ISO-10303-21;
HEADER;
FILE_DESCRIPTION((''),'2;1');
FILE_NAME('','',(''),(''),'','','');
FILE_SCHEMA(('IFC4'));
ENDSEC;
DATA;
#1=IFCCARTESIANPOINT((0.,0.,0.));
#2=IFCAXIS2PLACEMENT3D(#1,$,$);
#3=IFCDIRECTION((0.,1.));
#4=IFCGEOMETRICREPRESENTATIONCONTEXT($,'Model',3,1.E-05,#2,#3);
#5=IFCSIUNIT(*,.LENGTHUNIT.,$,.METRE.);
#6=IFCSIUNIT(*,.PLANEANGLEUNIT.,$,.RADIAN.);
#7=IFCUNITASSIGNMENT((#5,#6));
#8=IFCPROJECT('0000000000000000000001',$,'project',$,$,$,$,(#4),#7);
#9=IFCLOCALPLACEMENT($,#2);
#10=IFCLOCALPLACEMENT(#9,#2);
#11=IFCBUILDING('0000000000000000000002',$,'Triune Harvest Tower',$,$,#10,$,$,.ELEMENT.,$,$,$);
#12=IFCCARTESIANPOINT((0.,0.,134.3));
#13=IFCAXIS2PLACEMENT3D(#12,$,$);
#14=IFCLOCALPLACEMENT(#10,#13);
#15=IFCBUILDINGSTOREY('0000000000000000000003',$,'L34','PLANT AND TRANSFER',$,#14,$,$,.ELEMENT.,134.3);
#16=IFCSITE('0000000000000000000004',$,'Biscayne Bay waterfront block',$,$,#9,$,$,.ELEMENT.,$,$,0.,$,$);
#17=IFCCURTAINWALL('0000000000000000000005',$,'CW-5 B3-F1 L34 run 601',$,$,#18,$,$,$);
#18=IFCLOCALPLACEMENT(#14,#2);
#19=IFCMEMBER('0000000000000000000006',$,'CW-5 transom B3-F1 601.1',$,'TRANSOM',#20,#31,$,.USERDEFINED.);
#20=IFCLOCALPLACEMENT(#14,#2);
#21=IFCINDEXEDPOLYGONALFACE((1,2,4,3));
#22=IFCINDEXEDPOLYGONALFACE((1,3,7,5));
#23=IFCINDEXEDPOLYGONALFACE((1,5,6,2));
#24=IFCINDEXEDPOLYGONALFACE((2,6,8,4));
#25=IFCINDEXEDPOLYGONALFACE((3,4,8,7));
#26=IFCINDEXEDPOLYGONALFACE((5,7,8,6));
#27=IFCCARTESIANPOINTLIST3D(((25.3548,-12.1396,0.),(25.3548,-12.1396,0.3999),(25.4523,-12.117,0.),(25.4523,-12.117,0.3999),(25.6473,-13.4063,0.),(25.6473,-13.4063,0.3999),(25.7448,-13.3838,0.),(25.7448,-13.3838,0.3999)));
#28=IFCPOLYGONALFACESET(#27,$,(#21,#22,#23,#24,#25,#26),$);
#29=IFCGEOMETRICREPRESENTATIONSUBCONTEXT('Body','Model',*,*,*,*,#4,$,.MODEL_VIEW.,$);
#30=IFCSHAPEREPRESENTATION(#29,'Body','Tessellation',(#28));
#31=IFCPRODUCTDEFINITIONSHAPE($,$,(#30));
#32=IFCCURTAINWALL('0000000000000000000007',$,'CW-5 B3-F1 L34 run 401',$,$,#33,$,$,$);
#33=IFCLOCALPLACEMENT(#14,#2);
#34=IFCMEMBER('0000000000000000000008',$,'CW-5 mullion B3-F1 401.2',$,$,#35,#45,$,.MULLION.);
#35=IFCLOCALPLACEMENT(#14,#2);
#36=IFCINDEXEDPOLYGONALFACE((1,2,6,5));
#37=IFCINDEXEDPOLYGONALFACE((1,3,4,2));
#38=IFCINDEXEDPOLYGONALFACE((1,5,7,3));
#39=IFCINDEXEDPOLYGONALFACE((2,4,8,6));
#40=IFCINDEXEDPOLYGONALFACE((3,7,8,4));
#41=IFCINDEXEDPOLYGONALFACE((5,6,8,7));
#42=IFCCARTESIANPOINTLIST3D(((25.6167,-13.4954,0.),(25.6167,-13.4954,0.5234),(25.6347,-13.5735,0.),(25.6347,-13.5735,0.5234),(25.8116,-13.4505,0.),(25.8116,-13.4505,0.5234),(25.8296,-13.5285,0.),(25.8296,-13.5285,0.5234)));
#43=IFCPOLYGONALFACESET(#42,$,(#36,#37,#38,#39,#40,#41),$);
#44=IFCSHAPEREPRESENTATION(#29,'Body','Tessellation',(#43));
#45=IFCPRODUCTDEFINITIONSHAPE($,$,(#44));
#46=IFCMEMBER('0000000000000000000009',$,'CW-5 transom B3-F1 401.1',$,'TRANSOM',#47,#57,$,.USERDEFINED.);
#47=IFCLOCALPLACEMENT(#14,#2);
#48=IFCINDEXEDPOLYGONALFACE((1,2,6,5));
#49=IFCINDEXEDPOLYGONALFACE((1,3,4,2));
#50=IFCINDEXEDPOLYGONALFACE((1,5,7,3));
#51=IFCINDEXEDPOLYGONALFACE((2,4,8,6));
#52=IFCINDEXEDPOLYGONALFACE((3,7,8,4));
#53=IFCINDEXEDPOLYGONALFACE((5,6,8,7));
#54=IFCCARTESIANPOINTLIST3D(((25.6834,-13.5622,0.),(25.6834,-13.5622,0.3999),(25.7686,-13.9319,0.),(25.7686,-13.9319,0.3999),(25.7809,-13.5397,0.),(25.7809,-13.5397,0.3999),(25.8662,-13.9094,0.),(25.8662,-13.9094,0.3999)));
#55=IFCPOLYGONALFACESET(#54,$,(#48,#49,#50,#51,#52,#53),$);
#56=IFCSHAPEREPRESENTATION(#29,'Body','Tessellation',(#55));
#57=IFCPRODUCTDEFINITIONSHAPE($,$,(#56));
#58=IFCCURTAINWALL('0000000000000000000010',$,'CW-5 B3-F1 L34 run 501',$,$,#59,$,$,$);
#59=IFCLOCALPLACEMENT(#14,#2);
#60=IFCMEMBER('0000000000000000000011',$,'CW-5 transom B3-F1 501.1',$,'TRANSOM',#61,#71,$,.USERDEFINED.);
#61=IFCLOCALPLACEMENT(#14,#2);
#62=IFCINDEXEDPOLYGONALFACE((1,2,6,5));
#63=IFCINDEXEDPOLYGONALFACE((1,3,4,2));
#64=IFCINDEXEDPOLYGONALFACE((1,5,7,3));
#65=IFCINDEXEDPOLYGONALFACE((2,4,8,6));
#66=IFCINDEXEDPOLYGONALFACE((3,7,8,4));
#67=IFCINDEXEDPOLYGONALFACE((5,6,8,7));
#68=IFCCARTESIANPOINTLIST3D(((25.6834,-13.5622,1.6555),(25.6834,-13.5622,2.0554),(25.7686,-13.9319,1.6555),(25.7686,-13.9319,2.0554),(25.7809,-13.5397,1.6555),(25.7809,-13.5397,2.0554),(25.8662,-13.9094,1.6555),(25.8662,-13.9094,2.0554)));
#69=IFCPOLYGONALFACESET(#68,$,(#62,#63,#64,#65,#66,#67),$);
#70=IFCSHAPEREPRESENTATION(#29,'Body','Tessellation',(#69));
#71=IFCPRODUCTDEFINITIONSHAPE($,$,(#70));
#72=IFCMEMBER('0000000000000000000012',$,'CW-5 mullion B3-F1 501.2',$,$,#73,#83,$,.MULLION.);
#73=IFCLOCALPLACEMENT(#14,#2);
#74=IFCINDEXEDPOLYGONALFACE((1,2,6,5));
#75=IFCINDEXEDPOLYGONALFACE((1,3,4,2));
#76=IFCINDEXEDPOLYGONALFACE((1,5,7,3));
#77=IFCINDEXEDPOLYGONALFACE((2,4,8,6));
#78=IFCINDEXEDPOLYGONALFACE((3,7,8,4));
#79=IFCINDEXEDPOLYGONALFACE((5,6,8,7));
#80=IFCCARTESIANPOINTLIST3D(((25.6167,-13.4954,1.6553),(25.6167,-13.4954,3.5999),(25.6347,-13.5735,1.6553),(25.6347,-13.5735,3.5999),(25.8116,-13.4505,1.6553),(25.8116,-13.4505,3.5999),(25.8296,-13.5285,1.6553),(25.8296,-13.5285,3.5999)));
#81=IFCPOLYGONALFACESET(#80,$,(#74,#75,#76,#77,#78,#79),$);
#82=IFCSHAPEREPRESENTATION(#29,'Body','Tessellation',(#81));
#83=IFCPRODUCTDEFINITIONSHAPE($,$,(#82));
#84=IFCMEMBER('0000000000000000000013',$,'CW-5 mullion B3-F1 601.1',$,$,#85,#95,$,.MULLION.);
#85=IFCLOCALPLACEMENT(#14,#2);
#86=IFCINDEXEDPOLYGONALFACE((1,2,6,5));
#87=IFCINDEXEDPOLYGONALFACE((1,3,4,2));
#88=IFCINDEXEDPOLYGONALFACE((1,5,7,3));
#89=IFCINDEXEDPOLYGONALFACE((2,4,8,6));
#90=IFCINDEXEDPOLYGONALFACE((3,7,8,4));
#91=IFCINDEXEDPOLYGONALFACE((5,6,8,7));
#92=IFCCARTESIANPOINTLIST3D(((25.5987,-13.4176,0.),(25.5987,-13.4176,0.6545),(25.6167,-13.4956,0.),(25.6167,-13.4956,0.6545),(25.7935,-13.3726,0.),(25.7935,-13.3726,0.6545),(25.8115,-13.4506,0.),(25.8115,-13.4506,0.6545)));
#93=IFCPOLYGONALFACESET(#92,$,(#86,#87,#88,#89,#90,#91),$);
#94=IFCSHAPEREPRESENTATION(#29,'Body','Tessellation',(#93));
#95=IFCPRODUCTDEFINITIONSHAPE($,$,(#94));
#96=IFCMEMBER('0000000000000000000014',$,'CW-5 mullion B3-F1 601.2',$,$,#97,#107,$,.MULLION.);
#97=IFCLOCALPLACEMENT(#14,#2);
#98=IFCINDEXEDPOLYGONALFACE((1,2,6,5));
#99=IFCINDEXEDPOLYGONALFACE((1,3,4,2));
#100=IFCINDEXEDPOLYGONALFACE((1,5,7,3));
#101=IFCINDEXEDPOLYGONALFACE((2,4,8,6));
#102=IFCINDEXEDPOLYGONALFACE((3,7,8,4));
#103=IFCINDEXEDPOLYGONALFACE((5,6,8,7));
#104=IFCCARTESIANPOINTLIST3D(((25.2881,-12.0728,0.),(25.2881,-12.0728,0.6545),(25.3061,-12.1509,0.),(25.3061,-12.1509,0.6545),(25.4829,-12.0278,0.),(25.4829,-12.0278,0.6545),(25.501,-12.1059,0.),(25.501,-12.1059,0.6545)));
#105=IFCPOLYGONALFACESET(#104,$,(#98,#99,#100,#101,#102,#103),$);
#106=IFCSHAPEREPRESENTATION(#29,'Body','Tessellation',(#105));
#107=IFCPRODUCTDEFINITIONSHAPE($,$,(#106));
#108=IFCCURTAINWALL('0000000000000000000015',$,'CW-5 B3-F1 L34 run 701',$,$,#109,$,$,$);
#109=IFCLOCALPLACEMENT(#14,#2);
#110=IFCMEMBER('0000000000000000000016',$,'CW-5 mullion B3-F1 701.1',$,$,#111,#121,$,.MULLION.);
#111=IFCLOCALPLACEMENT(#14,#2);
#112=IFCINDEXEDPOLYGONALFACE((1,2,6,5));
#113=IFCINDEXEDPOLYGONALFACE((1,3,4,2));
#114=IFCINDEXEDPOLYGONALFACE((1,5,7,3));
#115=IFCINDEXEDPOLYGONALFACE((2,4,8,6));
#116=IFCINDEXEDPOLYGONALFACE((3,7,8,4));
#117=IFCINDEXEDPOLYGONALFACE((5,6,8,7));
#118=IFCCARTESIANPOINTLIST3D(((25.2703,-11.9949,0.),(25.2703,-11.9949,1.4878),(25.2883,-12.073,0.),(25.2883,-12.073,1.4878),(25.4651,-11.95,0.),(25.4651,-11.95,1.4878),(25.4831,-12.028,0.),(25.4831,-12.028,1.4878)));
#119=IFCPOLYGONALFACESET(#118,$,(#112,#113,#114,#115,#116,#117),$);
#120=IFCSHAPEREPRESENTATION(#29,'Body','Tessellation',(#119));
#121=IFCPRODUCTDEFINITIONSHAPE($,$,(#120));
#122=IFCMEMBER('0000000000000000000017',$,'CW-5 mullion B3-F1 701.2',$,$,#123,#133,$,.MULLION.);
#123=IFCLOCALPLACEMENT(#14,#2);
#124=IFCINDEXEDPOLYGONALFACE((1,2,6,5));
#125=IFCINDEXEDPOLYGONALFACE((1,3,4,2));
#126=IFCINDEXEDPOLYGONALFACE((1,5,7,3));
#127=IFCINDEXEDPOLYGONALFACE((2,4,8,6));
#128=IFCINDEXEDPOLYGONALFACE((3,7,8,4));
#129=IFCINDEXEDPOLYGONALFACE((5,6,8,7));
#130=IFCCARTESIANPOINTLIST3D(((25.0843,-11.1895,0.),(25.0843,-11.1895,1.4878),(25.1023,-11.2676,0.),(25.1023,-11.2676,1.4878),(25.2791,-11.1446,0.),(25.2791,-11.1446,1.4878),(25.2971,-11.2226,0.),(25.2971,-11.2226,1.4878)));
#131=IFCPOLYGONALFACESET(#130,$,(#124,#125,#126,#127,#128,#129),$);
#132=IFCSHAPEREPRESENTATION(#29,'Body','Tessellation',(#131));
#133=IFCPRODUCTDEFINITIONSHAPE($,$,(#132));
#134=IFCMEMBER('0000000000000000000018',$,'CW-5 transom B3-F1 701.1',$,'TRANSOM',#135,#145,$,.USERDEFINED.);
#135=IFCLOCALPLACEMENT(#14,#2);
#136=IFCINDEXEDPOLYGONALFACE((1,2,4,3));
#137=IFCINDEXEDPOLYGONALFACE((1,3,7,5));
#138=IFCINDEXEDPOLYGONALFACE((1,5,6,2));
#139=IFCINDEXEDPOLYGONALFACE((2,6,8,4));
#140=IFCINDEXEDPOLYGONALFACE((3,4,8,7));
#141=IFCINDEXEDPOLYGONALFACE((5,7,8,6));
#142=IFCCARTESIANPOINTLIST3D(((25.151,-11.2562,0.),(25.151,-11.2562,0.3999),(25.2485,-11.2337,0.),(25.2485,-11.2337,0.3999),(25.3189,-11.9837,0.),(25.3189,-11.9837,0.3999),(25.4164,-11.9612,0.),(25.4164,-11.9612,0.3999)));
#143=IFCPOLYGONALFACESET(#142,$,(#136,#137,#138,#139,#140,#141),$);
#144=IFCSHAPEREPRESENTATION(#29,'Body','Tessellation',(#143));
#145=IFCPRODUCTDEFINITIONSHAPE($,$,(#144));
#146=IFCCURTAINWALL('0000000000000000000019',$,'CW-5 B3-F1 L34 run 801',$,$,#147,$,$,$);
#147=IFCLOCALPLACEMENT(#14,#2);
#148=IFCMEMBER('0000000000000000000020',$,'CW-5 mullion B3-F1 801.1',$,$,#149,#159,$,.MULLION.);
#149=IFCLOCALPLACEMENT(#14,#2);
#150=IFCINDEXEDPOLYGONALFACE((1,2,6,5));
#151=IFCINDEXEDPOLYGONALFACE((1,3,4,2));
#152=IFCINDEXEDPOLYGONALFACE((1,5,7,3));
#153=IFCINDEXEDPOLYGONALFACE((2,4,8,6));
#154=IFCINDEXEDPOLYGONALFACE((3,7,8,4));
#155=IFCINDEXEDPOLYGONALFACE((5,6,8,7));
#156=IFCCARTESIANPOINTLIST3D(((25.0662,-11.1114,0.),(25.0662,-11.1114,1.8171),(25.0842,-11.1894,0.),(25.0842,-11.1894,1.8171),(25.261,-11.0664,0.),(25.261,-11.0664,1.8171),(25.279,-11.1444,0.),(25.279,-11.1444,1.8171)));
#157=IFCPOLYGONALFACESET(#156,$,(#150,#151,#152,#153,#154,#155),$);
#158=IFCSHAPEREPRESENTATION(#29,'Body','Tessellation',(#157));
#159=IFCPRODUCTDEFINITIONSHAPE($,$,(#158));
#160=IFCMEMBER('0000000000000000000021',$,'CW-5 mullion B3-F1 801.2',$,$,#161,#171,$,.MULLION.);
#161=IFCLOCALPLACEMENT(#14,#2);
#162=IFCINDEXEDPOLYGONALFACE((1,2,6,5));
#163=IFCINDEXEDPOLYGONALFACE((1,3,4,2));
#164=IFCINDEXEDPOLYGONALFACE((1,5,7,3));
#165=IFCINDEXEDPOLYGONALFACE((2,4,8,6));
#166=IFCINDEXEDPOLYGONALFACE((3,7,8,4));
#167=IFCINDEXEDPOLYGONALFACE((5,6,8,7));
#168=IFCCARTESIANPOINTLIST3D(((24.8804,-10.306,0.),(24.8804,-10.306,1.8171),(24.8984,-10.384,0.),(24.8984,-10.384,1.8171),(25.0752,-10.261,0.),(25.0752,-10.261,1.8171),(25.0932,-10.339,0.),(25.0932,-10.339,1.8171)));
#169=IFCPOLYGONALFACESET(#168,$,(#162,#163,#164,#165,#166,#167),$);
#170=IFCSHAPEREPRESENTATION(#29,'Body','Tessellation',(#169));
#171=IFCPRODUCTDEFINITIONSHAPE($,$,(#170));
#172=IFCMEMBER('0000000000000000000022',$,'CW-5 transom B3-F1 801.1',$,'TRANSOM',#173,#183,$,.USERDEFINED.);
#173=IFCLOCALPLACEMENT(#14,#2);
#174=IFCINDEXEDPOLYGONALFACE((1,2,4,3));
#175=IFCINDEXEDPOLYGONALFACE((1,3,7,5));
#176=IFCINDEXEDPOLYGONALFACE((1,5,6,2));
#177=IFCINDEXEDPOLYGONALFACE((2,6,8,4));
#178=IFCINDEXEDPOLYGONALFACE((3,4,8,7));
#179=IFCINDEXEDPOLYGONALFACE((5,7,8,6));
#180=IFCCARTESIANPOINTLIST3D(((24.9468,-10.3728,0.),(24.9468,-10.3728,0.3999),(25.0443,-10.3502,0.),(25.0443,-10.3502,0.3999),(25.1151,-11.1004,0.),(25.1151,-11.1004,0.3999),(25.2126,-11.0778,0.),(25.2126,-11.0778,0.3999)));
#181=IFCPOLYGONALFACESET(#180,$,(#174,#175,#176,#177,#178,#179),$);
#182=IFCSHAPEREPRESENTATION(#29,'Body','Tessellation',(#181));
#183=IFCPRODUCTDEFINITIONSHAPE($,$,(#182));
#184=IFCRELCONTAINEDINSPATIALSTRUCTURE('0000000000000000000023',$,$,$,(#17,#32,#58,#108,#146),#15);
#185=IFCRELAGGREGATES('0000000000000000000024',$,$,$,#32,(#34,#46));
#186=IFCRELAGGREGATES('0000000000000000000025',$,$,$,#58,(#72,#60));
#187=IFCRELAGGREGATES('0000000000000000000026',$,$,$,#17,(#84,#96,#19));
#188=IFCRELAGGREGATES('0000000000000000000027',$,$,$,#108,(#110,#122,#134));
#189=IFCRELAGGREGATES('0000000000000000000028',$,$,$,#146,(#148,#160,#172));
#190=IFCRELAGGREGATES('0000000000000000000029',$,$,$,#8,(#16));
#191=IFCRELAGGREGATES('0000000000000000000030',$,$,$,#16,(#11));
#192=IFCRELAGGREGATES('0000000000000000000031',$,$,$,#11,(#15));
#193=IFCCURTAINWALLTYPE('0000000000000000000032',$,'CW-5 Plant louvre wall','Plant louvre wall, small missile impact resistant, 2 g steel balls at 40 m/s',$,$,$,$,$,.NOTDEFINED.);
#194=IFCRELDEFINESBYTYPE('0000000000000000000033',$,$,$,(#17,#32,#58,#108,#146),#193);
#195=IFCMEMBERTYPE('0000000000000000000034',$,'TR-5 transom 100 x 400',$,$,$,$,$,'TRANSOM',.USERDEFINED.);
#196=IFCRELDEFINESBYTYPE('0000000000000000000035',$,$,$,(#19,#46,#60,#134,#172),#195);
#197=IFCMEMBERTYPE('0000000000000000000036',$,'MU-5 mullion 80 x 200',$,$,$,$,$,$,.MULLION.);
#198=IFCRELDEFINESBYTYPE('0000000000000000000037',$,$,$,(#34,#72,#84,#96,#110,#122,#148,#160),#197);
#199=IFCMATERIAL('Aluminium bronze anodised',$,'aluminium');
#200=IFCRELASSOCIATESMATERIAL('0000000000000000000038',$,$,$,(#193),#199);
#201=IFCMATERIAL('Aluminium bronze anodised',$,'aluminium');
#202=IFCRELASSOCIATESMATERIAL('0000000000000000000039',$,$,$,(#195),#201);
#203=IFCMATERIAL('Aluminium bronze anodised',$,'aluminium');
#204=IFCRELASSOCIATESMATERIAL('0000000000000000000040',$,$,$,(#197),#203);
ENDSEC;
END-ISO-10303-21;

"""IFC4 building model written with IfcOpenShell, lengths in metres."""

from ifc_helpers import new_model, si_unit, direction, frame, origin, origin_2d, place, context, subcontext, project, spatial, rectangle, extrude, source, transform, mapped, material, material_profile, profile_set, type_object, element, aggregate, save


model = new_model("IFC4")

# Units and contexts
model_context = context("Model", 3, precision=1e-05, world=origin(), true_north=direction((0.0, 1.0)))
body_context = subcontext(model_context, "Body", "Model", "MODEL_VIEW")
ifc_project = project(units=[si_unit("LENGTHUNIT", "METRE"), si_unit("PLANEANGLEUNIT", "RADIAN")], contexts=[model_context])

# Site, building, storey
site_placement = place(None, origin())
site = spatial("IfcSite", under=ifc_project, at=site_placement, Name="Biscayne Bay waterfront block", CompositionType="ELEMENT", RefElevation=0.0)
building_placement = place(site_placement, origin())
building = spatial("IfcBuilding", under=site, at=building_placement, Name="Triune Harvest Tower", CompositionType="ELEMENT")
storey_placement = place(building_placement, frame((0.0, 0.0, 134.3)))
storey = spatial("IfcBuildingStorey", under=building, at=storey_placement, Name="L34", Description="PLANT AND TRANSFER", CompositionType="ELEMENT", Elevation=134.3)

# Curtain wall, member
ifc_material_1 = material(Name="Aluminium bronze anodised", Category="aluminium")
curtain_wall_type = type_object("IfcCurtainWallType", Name="CW-5 Plant louvre wall", Description="Plant louvre wall, small missile impact resistant, 2 g steel balls at 40 m/s", PredefinedType="NOTDEFINED", material=ifc_material_1)
curtain_wall_1_placement = place(storey_placement, origin())
curtain_wall_1 = element("IfcCurtainWall", 1, at=curtain_wall_1_placement, inside=storey, type_object=curtain_wall_type, Name="CW-5 B3-F1 L34 run 601")
ifc_material_2 = material(Name="Aluminium bronze anodised", Category="aluminium")
ifc_material_profile_1 = material_profile(ifc_material_2, rectangle(XDim=0.1001, YDim=0.3999, at=origin_2d()), Name="TR-5 transom 100 x 400")
ifc_profile_set_1 = profile_set([ifc_material_profile_1], Name="Aluminium bronze anodised")
member_type_1 = type_object("IfcMemberType", Name="TR-5 transom 100 x 400", ElementType="TRANSOM", PredefinedType="USERDEFINED", material=ifc_profile_set_1)
member_1_placement = place(storey_placement, frame((25.696, -13.395, 0.2), z_axis=(-0.224997, 0.97436, 0.0), x_axis=(-0.97436, -0.224997, 0.0)))
member_1 = element("IfcMember", 2, at=member_1_placement, type_object=member_type_1, Name="CW-5 transom B3-F1 601.1", ObjectType="TRANSOM", PredefinedType="USERDEFINED", context=body_context, shape_type="SweptSolid", body=[
    extrude(rectangle(XDim=0.1001, YDim=0.3999, at=origin_2d()), origin(), (0.0, 0.0, 1.0), 1.3),
])

# Curtain walls, members
curtain_wall_2_placement = place(storey_placement, origin())
curtain_wall_2 = element("IfcCurtainWall", 3, at=curtain_wall_2_placement, inside=storey, type_object=curtain_wall_type, Name="CW-5 B3-F1 L34 run 401")
ifc_material_3 = material(Name="Aluminium bronze anodised", Category="aluminium")
ifc_material_profile_2 = material_profile(ifc_material_3, rectangle(XDim=0.2, YDim=0.0801, at=origin_2d()), Name="MU-5 mullion 80 x 200")
ifc_profile_set_2 = profile_set([ifc_material_profile_2], Name="Aluminium bronze anodised")
member_type_2 = type_object("IfcMemberType", Name="MU-5 mullion 80 x 200", PredefinedType="MULLION", material=ifc_profile_set_2)
shared_shape_1 = source(origin(), body_context, "Body", "SweptSolid", [
    extrude(rectangle(XDim=0.2, YDim=0.0801, at=origin_2d()), origin(), (0.0, 0.0, 1.0), 0.5234),
])
member_2_placement = place(storey_placement, frame((25.7231, -13.512, 0.0), z_axis=(0.0, 0.0, 1.0), x_axis=(-0.974379, -0.224914, 0.0)))
member_2 = element("IfcMember", 4, at=member_2_placement, type_object=member_type_2, Name="CW-5 mullion B3-F1 401.2", PredefinedType="MULLION", context=body_context, shape_type="MappedRepresentation", body=[
    mapped(shared_shape_1, transform((0.0, 0.0, 0.0), scale=1.0)),
])
shared_shape_2 = source(origin(), body_context, "Body", "SweptSolid", [
    extrude(rectangle(XDim=0.1001, YDim=0.3999, at=origin_2d()), origin(), (0.0, 0.0, 1.0), 0.3794),
])
member_3_placement = place(storey_placement, frame((25.8174, -13.9207, 0.2), z_axis=(-0.224624, 0.974445, 0.0), x_axis=(-0.974445, -0.224624, 0.0)))
member_3 = element("IfcMember", 5, at=member_3_placement, type_object=member_type_1, Name="CW-5 transom B3-F1 401.1", ObjectType="TRANSOM", PredefinedType="USERDEFINED", context=body_context, shape_type="MappedRepresentation", body=[
    mapped(shared_shape_2, transform((0.0, 0.0, 0.0), scale=1.0)),
])
curtain_wall_3_placement = place(storey_placement, origin())
curtain_wall_3 = element("IfcCurtainWall", 6, at=curtain_wall_3_placement, inside=storey, type_object=curtain_wall_type, Name="CW-5 B3-F1 L34 run 501")
member_4_placement = place(storey_placement, frame((25.8174, -13.9207, 1.8555), z_axis=(-0.224624, 0.974445, 0.0), x_axis=(-0.974445, -0.224624, 0.0)))
member_4 = element("IfcMember", 7, at=member_4_placement, type_object=member_type_1, Name="CW-5 transom B3-F1 501.1", ObjectType="TRANSOM", PredefinedType="USERDEFINED", context=body_context, shape_type="MappedRepresentation", body=[
    mapped(shared_shape_2, transform((0.0, 0.0, 0.0), scale=1.0)),
])
shared_shape_3 = source(origin(), body_context, "Body", "SweptSolid", [
    extrude(rectangle(XDim=0.2, YDim=0.0801, at=origin_2d()), origin(), (0.0, 0.0, 1.0), 1.9446),
])
member_5_placement = place(storey_placement, frame((25.7231, -13.512, 1.6553), z_axis=(0.0, 0.0, 1.0), x_axis=(-0.974379, -0.224914, 0.0)))
member_5 = element("IfcMember", 8, at=member_5_placement, type_object=member_type_2, Name="CW-5 mullion B3-F1 501.2", PredefinedType="MULLION", context=body_context, shape_type="MappedRepresentation", body=[
    mapped(shared_shape_3, transform((0.0, 0.0, 0.0), scale=1.0)),
])

# Members
shared_shape_4 = source(origin(), body_context, "Body", "SweptSolid", [
    extrude(rectangle(XDim=0.2, YDim=0.0801, at=origin_2d()), origin(), (0.0, 0.0, 1.0), 0.6545),
])
member_6_placement = place(storey_placement, frame((25.7051, -13.4341, 0.0), z_axis=(0.0, 0.0, 1.0), x_axis=(-0.97436, -0.224995, 0.0)))
member_6 = element("IfcMember", 9, at=member_6_placement, type_object=member_type_2, Name="CW-5 mullion B3-F1 601.1", PredefinedType="MULLION", context=body_context, shape_type="MappedRepresentation", body=[
    mapped(shared_shape_4, transform((0.0, 0.0, 0.0), scale=1.0)),
])
member_7_placement = place(storey_placement, frame((25.3945, -12.0894, 0.0), z_axis=(0.0, 0.0, 1.0), x_axis=(-0.97436, -0.224995, 0.0)))
member_7 = element("IfcMember", 10, at=member_7_placement, type_object=member_type_2, Name="CW-5 mullion B3-F1 601.2", PredefinedType="MULLION", context=body_context, shape_type="MappedRepresentation", body=[
    mapped(shared_shape_4, transform((0.0, 0.0, 0.0), scale=1.0)),
])

# Curtain walls, members
curtain_wall_4_placement = place(storey_placement, origin())
curtain_wall_4 = element("IfcCurtainWall", 11, at=curtain_wall_4_placement, inside=storey, type_object=curtain_wall_type, Name="CW-5 B3-F1 L34 run 701")
shared_shape_5 = source(origin(), body_context, "Body", "SweptSolid", [
    extrude(rectangle(XDim=0.2, YDim=0.0801, at=origin_2d()), origin(), (0.0, 0.0, 1.0), 1.4878),
])
member_8_placement = place(storey_placement, frame((25.3767, -12.0115, 0.0), z_axis=(0.0, 0.0, 1.0), x_axis=(-0.974382, -0.2249, 0.0)))
member_8 = element("IfcMember", 12, at=member_8_placement, type_object=member_type_2, Name="CW-5 mullion B3-F1 701.1", PredefinedType="MULLION", context=body_context, shape_type="MappedRepresentation", body=[
    mapped(shared_shape_5, transform((0.0, 0.0, 0.0), scale=1.0)),
])
member_9_placement = place(storey_placement, frame((25.1907, -11.2061, 0.0), z_axis=(0.0, 0.0, 1.0), x_axis=(-0.974382, -0.2249, 0.0)))
member_9 = element("IfcMember", 13, at=member_9_placement, type_object=member_type_2, Name="CW-5 mullion B3-F1 701.2", PredefinedType="MULLION", context=body_context, shape_type="MappedRepresentation", body=[
    mapped(shared_shape_5, transform((0.0, 0.0, 0.0), scale=1.0)),
])
shared_shape_6 = source(origin(), body_context, "Body", "SweptSolid", [
    extrude(rectangle(XDim=0.1001, YDim=0.3999, at=origin_2d()), origin(), (0.0, 0.0, 1.0), 0.7466),
])
member_10_placement = place(storey_placement, frame((25.3677, -11.9724, 0.2), z_axis=(-0.224955, 0.974369, 0.0), x_axis=(-0.974369, -0.224955, 0.0)))
member_10 = element("IfcMember", 14, at=member_10_placement, type_object=member_type_1, Name="CW-5 transom B3-F1 701.1", ObjectType="TRANSOM", PredefinedType="USERDEFINED", context=body_context, shape_type="MappedRepresentation", body=[
    mapped(shared_shape_6, transform((0.0, 0.0, 0.0), scale=1.0)),
])
curtain_wall_5_placement = place(storey_placement, origin())
curtain_wall_5 = element("IfcCurtainWall", 15, at=curtain_wall_5_placement, inside=storey, type_object=curtain_wall_type, Name="CW-5 B3-F1 L34 run 801")
shared_shape_7 = source(origin(), body_context, "Body", "SweptSolid", [
    extrude(rectangle(XDim=0.2, YDim=0.0801, at=origin_2d()), origin(), (0.0, 0.0, 1.0), 1.8171),
])
member_11_placement = place(storey_placement, frame((25.1726, -11.1279, 0.0), z_axis=(0.0, 0.0, 1.0), x_axis=(-0.974358, -0.225005, 0.0)))
member_11 = element("IfcMember", 16, at=member_11_placement, type_object=member_type_2, Name="CW-5 mullion B3-F1 801.1", PredefinedType="MULLION", context=body_context, shape_type="MappedRepresentation", body=[
    mapped(shared_shape_7, transform((0.0, 0.0, 0.0), scale=1.0)),
])
member_12_placement = place(storey_placement, frame((24.9868, -10.3225, 0.0), z_axis=(0.0, 0.0, 1.0), x_axis=(-0.974358, -0.225005, 0.0)))
member_12 = element("IfcMember", 17, at=member_12_placement, type_object=member_type_2, Name="CW-5 mullion B3-F1 801.2", PredefinedType="MULLION", context=body_context, shape_type="MappedRepresentation", body=[
    mapped(shared_shape_7, transform((0.0, 0.0, 0.0), scale=1.0)),
])
shared_shape_8 = source(origin(), body_context, "Body", "SweptSolid", [
    extrude(rectangle(XDim=0.1001, YDim=0.3999, at=origin_2d()), origin(), (0.0, 0.0, 1.0), 0.7468),
])
member_13_placement = place(storey_placement, frame((25.1638, -11.0891, 0.2), z_axis=(-0.225265, 0.974297, 0.0), x_axis=(-0.974297, -0.225265, 0.0)))
member_13 = element("IfcMember", 18, at=member_13_placement, type_object=member_type_1, Name="CW-5 transom B3-F1 801.1", ObjectType="TRANSOM", PredefinedType="USERDEFINED", context=body_context, shape_type="MappedRepresentation", body=[
    mapped(shared_shape_8, transform((0.0, 0.0, 0.0), scale=1.0)),
])

aggregate(curtain_wall_2, [member_2, member_3])
aggregate(curtain_wall_3, [member_5, member_4])
aggregate(curtain_wall_1, [member_6, member_7, member_1])
aggregate(curtain_wall_4, [member_8, member_9, member_10])
aggregate(curtain_wall_5, [member_11, member_12, member_13])

save(model, "model.ifc")
